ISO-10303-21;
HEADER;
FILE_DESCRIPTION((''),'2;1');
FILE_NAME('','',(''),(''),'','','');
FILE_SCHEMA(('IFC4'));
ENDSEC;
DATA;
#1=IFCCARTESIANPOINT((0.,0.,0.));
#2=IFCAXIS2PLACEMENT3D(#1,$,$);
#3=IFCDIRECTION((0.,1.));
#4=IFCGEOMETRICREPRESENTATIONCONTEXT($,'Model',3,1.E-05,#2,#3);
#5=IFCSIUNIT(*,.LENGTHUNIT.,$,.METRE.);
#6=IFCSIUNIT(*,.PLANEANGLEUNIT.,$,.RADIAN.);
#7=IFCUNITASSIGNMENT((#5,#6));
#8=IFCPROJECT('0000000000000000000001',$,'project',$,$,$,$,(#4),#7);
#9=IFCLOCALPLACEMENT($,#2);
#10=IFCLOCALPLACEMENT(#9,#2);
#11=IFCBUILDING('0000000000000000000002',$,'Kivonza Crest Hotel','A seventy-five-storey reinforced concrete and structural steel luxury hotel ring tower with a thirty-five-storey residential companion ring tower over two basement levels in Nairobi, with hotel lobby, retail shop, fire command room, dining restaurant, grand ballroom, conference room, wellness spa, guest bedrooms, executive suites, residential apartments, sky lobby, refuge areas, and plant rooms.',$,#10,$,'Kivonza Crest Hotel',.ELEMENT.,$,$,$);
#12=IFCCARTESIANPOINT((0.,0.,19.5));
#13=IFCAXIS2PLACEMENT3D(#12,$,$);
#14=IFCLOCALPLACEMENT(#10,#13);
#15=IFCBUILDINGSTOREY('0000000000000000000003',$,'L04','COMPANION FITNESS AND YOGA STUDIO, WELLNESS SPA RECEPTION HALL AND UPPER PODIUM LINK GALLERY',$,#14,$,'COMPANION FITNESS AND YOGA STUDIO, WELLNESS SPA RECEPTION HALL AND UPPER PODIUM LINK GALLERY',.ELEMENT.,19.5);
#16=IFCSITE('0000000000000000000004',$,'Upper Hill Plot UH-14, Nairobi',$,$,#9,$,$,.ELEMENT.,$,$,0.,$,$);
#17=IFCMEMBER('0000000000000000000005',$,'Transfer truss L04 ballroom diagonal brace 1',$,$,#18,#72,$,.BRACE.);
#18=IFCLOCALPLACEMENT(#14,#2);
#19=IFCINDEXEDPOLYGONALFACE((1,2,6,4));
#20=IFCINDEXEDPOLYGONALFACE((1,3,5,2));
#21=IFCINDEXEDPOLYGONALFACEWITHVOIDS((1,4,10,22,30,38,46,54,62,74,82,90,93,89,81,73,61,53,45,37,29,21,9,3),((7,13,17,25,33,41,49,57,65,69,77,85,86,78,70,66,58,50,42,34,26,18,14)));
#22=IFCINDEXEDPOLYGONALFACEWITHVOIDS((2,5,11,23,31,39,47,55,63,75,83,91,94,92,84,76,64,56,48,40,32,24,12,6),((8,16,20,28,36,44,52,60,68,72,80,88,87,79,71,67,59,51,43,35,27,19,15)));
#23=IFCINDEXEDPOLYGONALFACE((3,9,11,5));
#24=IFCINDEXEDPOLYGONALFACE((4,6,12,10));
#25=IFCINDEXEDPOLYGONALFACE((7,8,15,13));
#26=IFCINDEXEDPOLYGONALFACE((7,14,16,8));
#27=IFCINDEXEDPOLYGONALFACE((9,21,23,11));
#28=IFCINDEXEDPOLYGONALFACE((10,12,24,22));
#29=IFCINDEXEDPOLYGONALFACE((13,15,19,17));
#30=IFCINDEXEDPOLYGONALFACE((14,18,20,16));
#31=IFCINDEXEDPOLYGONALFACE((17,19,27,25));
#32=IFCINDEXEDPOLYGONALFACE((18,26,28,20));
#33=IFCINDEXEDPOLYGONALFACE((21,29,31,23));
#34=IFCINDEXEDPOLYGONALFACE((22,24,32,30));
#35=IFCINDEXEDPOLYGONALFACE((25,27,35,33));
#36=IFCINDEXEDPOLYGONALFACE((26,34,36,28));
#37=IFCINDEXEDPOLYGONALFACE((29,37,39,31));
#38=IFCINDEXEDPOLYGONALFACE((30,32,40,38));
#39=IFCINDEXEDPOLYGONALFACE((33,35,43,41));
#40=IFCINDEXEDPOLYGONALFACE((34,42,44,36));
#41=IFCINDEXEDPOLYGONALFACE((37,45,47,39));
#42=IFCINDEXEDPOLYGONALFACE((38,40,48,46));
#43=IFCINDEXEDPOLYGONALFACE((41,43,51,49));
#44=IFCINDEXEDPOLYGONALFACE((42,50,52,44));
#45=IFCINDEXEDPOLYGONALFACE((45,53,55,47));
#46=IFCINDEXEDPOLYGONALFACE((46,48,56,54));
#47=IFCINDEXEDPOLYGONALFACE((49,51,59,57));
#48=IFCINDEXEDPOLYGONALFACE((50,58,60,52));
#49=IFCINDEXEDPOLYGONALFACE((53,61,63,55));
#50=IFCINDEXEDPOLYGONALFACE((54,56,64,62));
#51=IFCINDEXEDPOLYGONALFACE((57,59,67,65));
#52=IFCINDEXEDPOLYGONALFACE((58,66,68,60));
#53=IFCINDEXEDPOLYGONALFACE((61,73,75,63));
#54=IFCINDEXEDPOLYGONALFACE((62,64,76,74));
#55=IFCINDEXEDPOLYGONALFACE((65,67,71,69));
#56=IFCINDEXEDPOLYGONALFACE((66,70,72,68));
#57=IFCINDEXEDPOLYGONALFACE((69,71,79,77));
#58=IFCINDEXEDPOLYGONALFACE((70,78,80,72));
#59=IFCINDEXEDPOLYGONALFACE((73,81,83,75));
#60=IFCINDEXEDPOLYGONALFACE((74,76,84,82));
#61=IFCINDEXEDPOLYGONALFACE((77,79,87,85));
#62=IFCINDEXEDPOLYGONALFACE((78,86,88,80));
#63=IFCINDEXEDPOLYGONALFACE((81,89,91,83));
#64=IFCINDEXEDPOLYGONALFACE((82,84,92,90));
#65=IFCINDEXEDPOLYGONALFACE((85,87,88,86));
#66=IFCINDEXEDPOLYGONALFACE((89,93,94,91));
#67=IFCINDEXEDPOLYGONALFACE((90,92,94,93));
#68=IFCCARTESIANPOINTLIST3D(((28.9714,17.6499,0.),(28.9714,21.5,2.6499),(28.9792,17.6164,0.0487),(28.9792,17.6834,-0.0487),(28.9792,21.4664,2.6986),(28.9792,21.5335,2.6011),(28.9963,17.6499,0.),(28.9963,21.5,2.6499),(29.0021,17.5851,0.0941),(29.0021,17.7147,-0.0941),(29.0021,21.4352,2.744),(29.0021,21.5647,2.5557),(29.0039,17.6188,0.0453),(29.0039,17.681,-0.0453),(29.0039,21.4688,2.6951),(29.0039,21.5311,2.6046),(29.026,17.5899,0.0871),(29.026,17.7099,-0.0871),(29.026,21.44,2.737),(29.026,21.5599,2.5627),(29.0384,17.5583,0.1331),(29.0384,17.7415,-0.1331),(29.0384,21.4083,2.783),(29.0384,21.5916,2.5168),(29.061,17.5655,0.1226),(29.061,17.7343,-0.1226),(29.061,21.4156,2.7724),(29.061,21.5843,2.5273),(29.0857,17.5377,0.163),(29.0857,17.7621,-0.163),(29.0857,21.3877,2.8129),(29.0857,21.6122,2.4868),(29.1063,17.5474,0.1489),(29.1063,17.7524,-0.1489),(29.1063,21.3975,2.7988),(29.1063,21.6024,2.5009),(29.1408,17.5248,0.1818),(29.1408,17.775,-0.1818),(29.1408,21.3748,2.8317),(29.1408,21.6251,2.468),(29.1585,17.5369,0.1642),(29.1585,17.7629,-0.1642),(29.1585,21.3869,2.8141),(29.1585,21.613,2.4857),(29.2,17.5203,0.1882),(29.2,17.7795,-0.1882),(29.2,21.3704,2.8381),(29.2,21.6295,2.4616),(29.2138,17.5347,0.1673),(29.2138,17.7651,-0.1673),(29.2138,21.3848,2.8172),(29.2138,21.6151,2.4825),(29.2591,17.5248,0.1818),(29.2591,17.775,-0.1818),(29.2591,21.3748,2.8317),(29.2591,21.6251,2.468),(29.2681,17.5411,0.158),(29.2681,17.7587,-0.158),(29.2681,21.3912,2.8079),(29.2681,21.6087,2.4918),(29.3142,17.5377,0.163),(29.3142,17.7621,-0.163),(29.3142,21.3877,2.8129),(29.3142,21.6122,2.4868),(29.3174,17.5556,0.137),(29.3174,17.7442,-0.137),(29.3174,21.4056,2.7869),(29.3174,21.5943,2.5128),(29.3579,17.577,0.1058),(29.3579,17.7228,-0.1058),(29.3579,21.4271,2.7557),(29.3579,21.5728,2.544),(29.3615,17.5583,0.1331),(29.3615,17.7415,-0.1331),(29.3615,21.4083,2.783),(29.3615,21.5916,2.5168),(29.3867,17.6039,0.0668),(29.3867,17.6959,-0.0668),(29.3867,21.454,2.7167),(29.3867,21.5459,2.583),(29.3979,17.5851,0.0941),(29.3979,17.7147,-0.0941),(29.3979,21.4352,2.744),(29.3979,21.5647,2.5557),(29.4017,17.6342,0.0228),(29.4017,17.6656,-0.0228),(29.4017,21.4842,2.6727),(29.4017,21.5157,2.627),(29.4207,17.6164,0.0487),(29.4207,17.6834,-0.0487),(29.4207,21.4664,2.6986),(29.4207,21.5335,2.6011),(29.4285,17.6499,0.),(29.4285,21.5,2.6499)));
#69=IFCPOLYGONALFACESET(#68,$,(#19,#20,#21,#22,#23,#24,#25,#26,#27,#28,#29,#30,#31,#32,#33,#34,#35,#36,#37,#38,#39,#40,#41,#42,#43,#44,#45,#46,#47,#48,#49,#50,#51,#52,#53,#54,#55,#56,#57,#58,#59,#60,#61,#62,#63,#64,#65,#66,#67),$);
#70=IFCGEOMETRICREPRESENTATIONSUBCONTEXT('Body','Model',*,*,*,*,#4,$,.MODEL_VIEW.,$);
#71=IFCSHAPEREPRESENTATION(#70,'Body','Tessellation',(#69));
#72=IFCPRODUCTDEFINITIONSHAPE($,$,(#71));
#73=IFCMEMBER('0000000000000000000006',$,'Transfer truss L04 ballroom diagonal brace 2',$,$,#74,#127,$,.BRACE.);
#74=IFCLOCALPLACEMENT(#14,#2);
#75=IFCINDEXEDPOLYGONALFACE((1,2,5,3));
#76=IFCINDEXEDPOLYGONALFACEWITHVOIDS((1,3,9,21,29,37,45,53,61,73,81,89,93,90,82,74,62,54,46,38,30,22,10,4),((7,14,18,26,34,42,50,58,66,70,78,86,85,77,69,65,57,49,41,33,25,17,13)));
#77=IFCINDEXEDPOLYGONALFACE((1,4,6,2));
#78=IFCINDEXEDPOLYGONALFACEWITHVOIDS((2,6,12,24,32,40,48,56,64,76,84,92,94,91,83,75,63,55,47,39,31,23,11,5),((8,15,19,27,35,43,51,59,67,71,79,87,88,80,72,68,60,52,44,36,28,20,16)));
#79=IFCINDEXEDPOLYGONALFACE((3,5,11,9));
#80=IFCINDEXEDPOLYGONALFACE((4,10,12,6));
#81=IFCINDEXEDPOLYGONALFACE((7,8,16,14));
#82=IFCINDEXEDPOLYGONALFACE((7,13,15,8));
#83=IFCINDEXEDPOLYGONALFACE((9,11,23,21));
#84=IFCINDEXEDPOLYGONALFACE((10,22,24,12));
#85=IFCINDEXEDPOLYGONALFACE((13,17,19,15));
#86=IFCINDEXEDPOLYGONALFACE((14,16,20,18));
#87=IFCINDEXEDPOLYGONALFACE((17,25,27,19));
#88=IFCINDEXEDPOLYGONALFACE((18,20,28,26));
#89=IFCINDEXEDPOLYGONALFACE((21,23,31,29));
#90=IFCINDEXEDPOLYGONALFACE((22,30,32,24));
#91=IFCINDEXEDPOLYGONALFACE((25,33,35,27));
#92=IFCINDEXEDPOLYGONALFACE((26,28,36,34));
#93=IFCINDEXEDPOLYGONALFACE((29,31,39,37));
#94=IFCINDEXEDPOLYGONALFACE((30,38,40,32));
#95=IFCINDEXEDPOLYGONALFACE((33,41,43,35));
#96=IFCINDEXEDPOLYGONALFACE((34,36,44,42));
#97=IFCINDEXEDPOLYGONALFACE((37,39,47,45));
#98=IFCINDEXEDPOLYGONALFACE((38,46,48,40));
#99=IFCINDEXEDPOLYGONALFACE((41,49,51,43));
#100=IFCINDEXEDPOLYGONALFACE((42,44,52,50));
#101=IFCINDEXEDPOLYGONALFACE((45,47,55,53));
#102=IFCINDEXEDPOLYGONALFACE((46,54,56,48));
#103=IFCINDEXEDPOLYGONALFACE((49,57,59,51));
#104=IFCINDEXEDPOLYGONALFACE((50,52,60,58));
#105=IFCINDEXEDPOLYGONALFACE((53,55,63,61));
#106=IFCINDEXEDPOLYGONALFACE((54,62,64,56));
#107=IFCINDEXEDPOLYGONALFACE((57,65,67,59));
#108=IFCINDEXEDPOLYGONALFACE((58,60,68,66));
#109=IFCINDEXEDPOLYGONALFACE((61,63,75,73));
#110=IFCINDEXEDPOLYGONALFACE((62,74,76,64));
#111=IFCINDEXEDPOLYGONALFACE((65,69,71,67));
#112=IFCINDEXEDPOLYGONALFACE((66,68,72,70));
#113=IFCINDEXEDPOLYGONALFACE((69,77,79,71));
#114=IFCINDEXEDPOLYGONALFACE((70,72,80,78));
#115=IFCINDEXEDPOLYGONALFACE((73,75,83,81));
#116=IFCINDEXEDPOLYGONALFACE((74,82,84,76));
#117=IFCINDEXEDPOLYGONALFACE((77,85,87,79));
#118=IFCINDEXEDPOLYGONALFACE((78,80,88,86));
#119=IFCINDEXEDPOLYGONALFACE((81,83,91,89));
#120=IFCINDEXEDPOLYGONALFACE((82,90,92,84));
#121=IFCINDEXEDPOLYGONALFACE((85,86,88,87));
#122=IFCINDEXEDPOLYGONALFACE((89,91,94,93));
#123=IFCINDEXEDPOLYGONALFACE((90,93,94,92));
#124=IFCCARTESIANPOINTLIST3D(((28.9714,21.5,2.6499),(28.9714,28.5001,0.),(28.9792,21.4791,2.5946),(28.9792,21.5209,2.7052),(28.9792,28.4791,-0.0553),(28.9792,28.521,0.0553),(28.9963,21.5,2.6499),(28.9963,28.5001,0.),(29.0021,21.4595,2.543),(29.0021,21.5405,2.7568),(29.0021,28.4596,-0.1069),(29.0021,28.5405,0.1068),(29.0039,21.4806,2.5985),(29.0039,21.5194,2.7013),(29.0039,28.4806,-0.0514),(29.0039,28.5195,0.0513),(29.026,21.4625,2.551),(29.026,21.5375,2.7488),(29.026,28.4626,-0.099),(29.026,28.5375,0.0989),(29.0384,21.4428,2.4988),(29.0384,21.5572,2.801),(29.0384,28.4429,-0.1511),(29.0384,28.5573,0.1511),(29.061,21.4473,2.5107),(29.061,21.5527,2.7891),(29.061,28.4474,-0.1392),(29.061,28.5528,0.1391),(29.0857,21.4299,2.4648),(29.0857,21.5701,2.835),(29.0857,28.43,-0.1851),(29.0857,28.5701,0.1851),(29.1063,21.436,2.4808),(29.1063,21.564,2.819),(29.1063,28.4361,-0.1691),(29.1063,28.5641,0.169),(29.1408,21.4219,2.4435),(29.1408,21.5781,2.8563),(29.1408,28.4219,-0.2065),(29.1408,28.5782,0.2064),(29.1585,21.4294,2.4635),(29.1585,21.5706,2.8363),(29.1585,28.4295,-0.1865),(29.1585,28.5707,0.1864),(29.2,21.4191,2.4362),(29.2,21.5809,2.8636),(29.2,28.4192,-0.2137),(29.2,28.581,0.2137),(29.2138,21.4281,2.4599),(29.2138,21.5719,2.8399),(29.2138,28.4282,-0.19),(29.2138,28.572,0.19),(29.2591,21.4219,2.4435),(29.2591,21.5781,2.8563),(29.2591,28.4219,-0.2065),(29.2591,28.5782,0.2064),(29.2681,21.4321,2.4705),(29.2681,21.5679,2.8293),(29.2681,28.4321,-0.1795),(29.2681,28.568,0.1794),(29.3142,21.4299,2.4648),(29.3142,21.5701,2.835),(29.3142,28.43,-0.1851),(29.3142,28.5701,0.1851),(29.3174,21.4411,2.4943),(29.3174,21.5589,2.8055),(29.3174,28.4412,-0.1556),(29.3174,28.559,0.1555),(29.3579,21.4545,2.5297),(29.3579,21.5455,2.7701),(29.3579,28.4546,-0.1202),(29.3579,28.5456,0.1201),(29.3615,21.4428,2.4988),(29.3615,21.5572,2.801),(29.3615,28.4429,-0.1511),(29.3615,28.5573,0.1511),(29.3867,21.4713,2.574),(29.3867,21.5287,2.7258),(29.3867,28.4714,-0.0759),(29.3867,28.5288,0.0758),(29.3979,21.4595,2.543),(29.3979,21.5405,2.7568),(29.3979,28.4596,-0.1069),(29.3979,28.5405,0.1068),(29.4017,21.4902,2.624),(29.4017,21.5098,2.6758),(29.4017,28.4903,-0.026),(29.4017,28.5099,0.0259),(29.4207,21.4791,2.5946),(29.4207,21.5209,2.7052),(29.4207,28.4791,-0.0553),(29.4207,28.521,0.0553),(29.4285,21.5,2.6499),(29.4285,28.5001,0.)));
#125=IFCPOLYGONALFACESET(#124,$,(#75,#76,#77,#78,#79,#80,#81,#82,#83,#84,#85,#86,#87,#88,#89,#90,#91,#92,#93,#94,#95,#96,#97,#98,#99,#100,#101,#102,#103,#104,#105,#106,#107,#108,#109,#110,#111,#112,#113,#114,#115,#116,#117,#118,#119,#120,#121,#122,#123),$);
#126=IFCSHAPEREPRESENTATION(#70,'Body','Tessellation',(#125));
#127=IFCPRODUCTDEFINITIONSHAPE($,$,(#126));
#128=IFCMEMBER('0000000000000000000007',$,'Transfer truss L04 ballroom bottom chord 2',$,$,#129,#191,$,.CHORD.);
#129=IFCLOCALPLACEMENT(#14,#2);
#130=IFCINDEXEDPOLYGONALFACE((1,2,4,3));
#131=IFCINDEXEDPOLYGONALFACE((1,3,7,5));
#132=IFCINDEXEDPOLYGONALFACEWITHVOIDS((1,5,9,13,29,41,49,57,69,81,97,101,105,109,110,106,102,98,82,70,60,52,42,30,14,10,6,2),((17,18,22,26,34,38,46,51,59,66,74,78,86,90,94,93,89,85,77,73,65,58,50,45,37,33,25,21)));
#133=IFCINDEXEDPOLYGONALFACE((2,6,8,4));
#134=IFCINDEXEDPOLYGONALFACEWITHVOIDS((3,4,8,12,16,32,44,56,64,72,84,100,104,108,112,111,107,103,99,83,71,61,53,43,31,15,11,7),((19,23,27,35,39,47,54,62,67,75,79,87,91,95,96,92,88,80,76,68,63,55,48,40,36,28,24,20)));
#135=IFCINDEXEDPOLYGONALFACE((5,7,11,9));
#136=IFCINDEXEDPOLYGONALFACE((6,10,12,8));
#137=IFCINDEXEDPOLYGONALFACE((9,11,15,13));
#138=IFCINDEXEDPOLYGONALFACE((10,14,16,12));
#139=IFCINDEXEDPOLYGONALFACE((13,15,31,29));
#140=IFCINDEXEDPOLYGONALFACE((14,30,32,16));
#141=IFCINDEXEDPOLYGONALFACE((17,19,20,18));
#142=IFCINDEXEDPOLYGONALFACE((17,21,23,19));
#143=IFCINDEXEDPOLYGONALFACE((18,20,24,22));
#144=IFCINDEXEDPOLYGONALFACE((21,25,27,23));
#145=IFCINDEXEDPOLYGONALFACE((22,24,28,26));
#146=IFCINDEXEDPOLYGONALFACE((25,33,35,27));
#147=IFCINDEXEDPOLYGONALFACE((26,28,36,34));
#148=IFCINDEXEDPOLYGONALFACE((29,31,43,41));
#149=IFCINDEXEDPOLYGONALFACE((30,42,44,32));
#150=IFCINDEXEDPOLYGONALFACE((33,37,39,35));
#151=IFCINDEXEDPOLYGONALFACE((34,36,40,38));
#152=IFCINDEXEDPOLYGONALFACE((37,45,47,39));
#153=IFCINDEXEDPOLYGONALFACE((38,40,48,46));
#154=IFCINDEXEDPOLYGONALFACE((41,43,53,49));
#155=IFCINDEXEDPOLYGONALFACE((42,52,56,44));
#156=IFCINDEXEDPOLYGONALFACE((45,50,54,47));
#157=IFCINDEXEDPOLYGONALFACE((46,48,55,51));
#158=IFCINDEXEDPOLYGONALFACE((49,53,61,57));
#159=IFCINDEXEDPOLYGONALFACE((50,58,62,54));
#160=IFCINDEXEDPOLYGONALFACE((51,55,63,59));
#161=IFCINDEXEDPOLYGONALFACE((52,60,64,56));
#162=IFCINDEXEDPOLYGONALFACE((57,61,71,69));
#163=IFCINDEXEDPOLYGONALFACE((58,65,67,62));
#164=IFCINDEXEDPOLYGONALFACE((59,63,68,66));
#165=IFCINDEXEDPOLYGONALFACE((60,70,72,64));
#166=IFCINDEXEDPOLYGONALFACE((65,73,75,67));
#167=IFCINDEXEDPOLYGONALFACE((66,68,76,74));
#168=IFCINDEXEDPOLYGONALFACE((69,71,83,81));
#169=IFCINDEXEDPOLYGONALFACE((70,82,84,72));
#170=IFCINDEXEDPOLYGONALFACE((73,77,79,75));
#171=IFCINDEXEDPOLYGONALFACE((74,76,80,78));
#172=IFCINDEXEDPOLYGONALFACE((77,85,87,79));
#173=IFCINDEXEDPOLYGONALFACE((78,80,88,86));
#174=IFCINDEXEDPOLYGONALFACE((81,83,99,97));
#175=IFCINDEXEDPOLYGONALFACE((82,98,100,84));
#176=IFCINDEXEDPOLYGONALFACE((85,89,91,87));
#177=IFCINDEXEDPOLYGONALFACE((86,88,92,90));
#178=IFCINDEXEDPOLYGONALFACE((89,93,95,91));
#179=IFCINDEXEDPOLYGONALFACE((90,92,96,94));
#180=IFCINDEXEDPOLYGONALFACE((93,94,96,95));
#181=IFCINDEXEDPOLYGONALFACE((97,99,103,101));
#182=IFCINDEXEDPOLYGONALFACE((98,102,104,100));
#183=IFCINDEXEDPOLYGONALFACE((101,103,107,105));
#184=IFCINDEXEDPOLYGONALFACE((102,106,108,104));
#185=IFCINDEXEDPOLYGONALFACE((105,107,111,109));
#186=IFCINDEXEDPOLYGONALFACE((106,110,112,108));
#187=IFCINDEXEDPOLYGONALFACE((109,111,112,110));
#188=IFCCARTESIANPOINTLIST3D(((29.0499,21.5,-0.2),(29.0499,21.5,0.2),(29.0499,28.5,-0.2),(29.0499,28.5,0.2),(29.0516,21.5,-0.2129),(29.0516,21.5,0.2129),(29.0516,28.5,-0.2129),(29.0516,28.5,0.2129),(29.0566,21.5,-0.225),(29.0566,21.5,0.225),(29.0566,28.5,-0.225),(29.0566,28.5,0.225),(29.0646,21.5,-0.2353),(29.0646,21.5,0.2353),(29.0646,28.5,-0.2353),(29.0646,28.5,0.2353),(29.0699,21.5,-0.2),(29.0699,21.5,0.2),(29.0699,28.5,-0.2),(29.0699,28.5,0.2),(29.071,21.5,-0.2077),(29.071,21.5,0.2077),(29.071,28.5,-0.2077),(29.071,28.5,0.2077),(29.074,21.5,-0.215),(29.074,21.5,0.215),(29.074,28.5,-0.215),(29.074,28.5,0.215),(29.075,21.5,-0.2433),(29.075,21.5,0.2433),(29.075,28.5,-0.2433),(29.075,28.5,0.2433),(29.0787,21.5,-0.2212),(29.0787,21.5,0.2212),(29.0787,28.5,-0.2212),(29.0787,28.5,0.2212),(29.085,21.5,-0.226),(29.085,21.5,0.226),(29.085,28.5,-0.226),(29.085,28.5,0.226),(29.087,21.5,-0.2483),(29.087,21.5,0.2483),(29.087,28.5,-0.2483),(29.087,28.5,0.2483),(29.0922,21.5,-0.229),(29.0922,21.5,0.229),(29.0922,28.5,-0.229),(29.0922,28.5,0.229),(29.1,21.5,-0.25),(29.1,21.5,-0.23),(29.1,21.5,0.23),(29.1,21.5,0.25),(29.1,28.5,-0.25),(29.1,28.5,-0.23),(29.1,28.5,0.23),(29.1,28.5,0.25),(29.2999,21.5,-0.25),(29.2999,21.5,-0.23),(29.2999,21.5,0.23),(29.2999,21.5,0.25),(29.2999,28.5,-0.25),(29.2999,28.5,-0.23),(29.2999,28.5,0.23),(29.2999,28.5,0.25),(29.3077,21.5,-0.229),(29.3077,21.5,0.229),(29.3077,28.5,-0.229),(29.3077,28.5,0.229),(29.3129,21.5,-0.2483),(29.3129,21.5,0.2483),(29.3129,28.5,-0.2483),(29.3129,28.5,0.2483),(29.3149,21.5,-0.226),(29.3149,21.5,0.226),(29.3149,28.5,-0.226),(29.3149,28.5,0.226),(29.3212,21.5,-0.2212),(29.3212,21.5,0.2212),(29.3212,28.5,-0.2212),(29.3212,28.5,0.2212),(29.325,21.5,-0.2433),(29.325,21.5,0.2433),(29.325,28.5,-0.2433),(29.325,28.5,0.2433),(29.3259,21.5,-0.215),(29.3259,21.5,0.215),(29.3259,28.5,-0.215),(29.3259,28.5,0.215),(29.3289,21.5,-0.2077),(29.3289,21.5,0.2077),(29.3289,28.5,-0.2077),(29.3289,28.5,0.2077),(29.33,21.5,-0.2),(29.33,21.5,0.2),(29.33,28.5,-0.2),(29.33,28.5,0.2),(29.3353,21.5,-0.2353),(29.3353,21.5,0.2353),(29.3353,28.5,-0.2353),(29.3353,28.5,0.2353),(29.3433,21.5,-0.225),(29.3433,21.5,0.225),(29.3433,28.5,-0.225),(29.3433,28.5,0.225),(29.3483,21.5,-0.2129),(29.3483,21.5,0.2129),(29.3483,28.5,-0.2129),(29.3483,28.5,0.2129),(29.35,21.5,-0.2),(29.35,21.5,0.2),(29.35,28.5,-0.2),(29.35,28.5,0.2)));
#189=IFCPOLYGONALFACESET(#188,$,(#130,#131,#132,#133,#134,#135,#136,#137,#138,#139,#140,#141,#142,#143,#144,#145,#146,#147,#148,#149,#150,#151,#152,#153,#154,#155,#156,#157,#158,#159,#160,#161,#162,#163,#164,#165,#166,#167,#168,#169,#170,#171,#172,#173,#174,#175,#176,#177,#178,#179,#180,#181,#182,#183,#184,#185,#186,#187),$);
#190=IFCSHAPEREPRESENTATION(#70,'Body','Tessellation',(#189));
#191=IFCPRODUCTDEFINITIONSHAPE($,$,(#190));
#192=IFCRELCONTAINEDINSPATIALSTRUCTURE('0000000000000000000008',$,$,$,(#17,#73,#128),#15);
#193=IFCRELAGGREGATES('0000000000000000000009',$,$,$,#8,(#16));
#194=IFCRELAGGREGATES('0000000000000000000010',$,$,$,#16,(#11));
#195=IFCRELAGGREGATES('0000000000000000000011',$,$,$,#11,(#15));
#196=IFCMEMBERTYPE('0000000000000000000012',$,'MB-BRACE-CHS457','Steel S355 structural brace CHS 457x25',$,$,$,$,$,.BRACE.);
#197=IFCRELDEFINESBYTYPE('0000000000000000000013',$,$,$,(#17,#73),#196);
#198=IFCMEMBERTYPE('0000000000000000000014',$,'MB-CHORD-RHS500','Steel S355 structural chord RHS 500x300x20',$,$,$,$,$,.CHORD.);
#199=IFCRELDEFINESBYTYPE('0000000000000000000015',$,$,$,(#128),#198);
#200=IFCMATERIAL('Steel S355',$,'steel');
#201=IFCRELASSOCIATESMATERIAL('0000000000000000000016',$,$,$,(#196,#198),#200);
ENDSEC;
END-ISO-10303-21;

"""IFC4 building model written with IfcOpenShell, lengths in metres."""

from ifc_helpers import new_model, si_unit, direction, frame, origin, origin_2d, place, context, subcontext, project, spatial, hollow_rectangle, hollow_circle, extrude, material, material_profile, profile_set, type_object, element, save


model = new_model("IFC4")

# Units and contexts
model_context = context("Model", 3, precision=1e-05, world=origin(), true_north=direction((0.0, 1.0)))
body_context = subcontext(model_context, "Body", "Model", "MODEL_VIEW")
ifc_project = project(units=[si_unit("LENGTHUNIT", "METRE"), si_unit("PLANEANGLEUNIT", "RADIAN")], contexts=[model_context])

# Site, building, storey
site_placement = place(None, origin())
site = spatial("IfcSite", under=ifc_project, at=site_placement, Name="Upper Hill Plot UH-14, Nairobi", CompositionType="ELEMENT", RefElevation=0.0)
building_placement = place(site_placement, origin())
building = spatial("IfcBuilding", under=site, at=building_placement, Name="Kivonza Crest Hotel", Description="A seventy-five-storey reinforced concrete and structural steel luxury hotel ring tower with a thirty-five-storey residential companion ring tower over two basement levels in Nairobi, with hotel lobby, retail shop, fire command room, dining restaurant, grand ballroom, conference room, wellness spa, guest bedrooms, executive suites, residential apartments, sky lobby, refuge areas, and plant rooms.", LongName="Kivonza Crest Hotel", CompositionType="ELEMENT")
storey_placement = place(building_placement, frame((0.0, 0.0, 19.5)))
storey = spatial("IfcBuildingStorey", under=building, at=storey_placement, Name="L04", Description="COMPANION FITNESS AND YOGA STUDIO, WELLNESS SPA RECEPTION HALL AND UPPER PODIUM LINK GALLERY", LongName="COMPANION FITNESS AND YOGA STUDIO, WELLNESS SPA RECEPTION HALL AND UPPER PODIUM LINK GALLERY", CompositionType="ELEMENT", Elevation=19.5)

# Shared definitions
ifc_material_1 = material(Name="Steel S355", Category="steel")

# Members
ifc_material_profile_1 = material_profile(ifc_material_1, hollow_circle(Radius=0.2285, WallThickness=0.0249, at=origin_2d()), Name="CHS 457x25")
ifc_profile_set_1 = profile_set([ifc_material_profile_1], Name="Steel S355")
member_type_1 = type_object("IfcMemberType", Name="MB-BRACE-CHS457", Description="Steel S355 structural brace CHS 457x25", PredefinedType="BRACE", material=ifc_profile_set_1)
member_1_placement = place(storey_placement, frame((29.2, 17.6499, 0.0), z_axis=(0.0, 0.823746, 0.566959), x_axis=(-1.0, 0.0, 0.0)))
element("IfcMember", 1, at=member_1_placement, inside=storey, type_object=member_type_1, Name="Transfer truss L04 ballroom diagonal brace 1", PredefinedType="BRACE", context=body_context, shape_type="SweptSolid", body=[
    extrude(hollow_circle(Radius=0.2285, WallThickness=0.0249, at=origin_2d()), origin(), (0.0, 0.0, 1.0), 4.6738),
])
member_2_placement = place(storey_placement, frame((29.2, 21.5, 2.6499), z_axis=(0.0, 0.935231, -0.354039), x_axis=(-1.0, 0.0, 0.0)))
element("IfcMember", 2, at=member_2_placement, inside=storey, type_object=member_type_1, Name="Transfer truss L04 ballroom diagonal brace 2", PredefinedType="BRACE", context=body_context, shape_type="SweptSolid", body=[
    extrude(hollow_circle(Radius=0.2285, WallThickness=0.0249, at=origin_2d()), origin(), (0.0, 0.0, 1.0), 7.4849),
])
ifc_material_profile_2 = material_profile(ifc_material_1, hollow_rectangle(XDim=0.3, YDim=0.5, WallThickness=0.02, InnerFilletRadius=0.03, OuterFilletRadius=0.05, at=origin_2d()), Name="RHS 500x300x20")
ifc_profile_set_2 = profile_set([ifc_material_profile_2], Name="Steel S355")
member_type_2 = type_object("IfcMemberType", Name="MB-CHORD-RHS500", Description="Steel S355 structural chord RHS 500x300x20", PredefinedType="CHORD", material=ifc_profile_set_2)
for number, where, z_axis, x_axis, name in (
    (3, (29.2, 21.5, 0.0), (0.0, 1.0, 0.0), (-1.0, 0.0, 0.0), "Transfer truss L04 ballroom bottom chord 2"),
):
    element("IfcMember", number, at=place(storey_placement, frame(where, z_axis=z_axis, x_axis=x_axis)), inside=storey, type_object=member_type_2, Name=name, PredefinedType="CHORD", context=body_context, shape_type="SweptSolid", body=[
        extrude(hollow_rectangle(XDim=0.3, YDim=0.5, WallThickness=0.02, InnerFilletRadius=0.03, OuterFilletRadius=0.05, at=origin_2d()), origin(), (0.0, 0.0, 1.0), 7.0),
    ])

save(model, "model.ifc")
